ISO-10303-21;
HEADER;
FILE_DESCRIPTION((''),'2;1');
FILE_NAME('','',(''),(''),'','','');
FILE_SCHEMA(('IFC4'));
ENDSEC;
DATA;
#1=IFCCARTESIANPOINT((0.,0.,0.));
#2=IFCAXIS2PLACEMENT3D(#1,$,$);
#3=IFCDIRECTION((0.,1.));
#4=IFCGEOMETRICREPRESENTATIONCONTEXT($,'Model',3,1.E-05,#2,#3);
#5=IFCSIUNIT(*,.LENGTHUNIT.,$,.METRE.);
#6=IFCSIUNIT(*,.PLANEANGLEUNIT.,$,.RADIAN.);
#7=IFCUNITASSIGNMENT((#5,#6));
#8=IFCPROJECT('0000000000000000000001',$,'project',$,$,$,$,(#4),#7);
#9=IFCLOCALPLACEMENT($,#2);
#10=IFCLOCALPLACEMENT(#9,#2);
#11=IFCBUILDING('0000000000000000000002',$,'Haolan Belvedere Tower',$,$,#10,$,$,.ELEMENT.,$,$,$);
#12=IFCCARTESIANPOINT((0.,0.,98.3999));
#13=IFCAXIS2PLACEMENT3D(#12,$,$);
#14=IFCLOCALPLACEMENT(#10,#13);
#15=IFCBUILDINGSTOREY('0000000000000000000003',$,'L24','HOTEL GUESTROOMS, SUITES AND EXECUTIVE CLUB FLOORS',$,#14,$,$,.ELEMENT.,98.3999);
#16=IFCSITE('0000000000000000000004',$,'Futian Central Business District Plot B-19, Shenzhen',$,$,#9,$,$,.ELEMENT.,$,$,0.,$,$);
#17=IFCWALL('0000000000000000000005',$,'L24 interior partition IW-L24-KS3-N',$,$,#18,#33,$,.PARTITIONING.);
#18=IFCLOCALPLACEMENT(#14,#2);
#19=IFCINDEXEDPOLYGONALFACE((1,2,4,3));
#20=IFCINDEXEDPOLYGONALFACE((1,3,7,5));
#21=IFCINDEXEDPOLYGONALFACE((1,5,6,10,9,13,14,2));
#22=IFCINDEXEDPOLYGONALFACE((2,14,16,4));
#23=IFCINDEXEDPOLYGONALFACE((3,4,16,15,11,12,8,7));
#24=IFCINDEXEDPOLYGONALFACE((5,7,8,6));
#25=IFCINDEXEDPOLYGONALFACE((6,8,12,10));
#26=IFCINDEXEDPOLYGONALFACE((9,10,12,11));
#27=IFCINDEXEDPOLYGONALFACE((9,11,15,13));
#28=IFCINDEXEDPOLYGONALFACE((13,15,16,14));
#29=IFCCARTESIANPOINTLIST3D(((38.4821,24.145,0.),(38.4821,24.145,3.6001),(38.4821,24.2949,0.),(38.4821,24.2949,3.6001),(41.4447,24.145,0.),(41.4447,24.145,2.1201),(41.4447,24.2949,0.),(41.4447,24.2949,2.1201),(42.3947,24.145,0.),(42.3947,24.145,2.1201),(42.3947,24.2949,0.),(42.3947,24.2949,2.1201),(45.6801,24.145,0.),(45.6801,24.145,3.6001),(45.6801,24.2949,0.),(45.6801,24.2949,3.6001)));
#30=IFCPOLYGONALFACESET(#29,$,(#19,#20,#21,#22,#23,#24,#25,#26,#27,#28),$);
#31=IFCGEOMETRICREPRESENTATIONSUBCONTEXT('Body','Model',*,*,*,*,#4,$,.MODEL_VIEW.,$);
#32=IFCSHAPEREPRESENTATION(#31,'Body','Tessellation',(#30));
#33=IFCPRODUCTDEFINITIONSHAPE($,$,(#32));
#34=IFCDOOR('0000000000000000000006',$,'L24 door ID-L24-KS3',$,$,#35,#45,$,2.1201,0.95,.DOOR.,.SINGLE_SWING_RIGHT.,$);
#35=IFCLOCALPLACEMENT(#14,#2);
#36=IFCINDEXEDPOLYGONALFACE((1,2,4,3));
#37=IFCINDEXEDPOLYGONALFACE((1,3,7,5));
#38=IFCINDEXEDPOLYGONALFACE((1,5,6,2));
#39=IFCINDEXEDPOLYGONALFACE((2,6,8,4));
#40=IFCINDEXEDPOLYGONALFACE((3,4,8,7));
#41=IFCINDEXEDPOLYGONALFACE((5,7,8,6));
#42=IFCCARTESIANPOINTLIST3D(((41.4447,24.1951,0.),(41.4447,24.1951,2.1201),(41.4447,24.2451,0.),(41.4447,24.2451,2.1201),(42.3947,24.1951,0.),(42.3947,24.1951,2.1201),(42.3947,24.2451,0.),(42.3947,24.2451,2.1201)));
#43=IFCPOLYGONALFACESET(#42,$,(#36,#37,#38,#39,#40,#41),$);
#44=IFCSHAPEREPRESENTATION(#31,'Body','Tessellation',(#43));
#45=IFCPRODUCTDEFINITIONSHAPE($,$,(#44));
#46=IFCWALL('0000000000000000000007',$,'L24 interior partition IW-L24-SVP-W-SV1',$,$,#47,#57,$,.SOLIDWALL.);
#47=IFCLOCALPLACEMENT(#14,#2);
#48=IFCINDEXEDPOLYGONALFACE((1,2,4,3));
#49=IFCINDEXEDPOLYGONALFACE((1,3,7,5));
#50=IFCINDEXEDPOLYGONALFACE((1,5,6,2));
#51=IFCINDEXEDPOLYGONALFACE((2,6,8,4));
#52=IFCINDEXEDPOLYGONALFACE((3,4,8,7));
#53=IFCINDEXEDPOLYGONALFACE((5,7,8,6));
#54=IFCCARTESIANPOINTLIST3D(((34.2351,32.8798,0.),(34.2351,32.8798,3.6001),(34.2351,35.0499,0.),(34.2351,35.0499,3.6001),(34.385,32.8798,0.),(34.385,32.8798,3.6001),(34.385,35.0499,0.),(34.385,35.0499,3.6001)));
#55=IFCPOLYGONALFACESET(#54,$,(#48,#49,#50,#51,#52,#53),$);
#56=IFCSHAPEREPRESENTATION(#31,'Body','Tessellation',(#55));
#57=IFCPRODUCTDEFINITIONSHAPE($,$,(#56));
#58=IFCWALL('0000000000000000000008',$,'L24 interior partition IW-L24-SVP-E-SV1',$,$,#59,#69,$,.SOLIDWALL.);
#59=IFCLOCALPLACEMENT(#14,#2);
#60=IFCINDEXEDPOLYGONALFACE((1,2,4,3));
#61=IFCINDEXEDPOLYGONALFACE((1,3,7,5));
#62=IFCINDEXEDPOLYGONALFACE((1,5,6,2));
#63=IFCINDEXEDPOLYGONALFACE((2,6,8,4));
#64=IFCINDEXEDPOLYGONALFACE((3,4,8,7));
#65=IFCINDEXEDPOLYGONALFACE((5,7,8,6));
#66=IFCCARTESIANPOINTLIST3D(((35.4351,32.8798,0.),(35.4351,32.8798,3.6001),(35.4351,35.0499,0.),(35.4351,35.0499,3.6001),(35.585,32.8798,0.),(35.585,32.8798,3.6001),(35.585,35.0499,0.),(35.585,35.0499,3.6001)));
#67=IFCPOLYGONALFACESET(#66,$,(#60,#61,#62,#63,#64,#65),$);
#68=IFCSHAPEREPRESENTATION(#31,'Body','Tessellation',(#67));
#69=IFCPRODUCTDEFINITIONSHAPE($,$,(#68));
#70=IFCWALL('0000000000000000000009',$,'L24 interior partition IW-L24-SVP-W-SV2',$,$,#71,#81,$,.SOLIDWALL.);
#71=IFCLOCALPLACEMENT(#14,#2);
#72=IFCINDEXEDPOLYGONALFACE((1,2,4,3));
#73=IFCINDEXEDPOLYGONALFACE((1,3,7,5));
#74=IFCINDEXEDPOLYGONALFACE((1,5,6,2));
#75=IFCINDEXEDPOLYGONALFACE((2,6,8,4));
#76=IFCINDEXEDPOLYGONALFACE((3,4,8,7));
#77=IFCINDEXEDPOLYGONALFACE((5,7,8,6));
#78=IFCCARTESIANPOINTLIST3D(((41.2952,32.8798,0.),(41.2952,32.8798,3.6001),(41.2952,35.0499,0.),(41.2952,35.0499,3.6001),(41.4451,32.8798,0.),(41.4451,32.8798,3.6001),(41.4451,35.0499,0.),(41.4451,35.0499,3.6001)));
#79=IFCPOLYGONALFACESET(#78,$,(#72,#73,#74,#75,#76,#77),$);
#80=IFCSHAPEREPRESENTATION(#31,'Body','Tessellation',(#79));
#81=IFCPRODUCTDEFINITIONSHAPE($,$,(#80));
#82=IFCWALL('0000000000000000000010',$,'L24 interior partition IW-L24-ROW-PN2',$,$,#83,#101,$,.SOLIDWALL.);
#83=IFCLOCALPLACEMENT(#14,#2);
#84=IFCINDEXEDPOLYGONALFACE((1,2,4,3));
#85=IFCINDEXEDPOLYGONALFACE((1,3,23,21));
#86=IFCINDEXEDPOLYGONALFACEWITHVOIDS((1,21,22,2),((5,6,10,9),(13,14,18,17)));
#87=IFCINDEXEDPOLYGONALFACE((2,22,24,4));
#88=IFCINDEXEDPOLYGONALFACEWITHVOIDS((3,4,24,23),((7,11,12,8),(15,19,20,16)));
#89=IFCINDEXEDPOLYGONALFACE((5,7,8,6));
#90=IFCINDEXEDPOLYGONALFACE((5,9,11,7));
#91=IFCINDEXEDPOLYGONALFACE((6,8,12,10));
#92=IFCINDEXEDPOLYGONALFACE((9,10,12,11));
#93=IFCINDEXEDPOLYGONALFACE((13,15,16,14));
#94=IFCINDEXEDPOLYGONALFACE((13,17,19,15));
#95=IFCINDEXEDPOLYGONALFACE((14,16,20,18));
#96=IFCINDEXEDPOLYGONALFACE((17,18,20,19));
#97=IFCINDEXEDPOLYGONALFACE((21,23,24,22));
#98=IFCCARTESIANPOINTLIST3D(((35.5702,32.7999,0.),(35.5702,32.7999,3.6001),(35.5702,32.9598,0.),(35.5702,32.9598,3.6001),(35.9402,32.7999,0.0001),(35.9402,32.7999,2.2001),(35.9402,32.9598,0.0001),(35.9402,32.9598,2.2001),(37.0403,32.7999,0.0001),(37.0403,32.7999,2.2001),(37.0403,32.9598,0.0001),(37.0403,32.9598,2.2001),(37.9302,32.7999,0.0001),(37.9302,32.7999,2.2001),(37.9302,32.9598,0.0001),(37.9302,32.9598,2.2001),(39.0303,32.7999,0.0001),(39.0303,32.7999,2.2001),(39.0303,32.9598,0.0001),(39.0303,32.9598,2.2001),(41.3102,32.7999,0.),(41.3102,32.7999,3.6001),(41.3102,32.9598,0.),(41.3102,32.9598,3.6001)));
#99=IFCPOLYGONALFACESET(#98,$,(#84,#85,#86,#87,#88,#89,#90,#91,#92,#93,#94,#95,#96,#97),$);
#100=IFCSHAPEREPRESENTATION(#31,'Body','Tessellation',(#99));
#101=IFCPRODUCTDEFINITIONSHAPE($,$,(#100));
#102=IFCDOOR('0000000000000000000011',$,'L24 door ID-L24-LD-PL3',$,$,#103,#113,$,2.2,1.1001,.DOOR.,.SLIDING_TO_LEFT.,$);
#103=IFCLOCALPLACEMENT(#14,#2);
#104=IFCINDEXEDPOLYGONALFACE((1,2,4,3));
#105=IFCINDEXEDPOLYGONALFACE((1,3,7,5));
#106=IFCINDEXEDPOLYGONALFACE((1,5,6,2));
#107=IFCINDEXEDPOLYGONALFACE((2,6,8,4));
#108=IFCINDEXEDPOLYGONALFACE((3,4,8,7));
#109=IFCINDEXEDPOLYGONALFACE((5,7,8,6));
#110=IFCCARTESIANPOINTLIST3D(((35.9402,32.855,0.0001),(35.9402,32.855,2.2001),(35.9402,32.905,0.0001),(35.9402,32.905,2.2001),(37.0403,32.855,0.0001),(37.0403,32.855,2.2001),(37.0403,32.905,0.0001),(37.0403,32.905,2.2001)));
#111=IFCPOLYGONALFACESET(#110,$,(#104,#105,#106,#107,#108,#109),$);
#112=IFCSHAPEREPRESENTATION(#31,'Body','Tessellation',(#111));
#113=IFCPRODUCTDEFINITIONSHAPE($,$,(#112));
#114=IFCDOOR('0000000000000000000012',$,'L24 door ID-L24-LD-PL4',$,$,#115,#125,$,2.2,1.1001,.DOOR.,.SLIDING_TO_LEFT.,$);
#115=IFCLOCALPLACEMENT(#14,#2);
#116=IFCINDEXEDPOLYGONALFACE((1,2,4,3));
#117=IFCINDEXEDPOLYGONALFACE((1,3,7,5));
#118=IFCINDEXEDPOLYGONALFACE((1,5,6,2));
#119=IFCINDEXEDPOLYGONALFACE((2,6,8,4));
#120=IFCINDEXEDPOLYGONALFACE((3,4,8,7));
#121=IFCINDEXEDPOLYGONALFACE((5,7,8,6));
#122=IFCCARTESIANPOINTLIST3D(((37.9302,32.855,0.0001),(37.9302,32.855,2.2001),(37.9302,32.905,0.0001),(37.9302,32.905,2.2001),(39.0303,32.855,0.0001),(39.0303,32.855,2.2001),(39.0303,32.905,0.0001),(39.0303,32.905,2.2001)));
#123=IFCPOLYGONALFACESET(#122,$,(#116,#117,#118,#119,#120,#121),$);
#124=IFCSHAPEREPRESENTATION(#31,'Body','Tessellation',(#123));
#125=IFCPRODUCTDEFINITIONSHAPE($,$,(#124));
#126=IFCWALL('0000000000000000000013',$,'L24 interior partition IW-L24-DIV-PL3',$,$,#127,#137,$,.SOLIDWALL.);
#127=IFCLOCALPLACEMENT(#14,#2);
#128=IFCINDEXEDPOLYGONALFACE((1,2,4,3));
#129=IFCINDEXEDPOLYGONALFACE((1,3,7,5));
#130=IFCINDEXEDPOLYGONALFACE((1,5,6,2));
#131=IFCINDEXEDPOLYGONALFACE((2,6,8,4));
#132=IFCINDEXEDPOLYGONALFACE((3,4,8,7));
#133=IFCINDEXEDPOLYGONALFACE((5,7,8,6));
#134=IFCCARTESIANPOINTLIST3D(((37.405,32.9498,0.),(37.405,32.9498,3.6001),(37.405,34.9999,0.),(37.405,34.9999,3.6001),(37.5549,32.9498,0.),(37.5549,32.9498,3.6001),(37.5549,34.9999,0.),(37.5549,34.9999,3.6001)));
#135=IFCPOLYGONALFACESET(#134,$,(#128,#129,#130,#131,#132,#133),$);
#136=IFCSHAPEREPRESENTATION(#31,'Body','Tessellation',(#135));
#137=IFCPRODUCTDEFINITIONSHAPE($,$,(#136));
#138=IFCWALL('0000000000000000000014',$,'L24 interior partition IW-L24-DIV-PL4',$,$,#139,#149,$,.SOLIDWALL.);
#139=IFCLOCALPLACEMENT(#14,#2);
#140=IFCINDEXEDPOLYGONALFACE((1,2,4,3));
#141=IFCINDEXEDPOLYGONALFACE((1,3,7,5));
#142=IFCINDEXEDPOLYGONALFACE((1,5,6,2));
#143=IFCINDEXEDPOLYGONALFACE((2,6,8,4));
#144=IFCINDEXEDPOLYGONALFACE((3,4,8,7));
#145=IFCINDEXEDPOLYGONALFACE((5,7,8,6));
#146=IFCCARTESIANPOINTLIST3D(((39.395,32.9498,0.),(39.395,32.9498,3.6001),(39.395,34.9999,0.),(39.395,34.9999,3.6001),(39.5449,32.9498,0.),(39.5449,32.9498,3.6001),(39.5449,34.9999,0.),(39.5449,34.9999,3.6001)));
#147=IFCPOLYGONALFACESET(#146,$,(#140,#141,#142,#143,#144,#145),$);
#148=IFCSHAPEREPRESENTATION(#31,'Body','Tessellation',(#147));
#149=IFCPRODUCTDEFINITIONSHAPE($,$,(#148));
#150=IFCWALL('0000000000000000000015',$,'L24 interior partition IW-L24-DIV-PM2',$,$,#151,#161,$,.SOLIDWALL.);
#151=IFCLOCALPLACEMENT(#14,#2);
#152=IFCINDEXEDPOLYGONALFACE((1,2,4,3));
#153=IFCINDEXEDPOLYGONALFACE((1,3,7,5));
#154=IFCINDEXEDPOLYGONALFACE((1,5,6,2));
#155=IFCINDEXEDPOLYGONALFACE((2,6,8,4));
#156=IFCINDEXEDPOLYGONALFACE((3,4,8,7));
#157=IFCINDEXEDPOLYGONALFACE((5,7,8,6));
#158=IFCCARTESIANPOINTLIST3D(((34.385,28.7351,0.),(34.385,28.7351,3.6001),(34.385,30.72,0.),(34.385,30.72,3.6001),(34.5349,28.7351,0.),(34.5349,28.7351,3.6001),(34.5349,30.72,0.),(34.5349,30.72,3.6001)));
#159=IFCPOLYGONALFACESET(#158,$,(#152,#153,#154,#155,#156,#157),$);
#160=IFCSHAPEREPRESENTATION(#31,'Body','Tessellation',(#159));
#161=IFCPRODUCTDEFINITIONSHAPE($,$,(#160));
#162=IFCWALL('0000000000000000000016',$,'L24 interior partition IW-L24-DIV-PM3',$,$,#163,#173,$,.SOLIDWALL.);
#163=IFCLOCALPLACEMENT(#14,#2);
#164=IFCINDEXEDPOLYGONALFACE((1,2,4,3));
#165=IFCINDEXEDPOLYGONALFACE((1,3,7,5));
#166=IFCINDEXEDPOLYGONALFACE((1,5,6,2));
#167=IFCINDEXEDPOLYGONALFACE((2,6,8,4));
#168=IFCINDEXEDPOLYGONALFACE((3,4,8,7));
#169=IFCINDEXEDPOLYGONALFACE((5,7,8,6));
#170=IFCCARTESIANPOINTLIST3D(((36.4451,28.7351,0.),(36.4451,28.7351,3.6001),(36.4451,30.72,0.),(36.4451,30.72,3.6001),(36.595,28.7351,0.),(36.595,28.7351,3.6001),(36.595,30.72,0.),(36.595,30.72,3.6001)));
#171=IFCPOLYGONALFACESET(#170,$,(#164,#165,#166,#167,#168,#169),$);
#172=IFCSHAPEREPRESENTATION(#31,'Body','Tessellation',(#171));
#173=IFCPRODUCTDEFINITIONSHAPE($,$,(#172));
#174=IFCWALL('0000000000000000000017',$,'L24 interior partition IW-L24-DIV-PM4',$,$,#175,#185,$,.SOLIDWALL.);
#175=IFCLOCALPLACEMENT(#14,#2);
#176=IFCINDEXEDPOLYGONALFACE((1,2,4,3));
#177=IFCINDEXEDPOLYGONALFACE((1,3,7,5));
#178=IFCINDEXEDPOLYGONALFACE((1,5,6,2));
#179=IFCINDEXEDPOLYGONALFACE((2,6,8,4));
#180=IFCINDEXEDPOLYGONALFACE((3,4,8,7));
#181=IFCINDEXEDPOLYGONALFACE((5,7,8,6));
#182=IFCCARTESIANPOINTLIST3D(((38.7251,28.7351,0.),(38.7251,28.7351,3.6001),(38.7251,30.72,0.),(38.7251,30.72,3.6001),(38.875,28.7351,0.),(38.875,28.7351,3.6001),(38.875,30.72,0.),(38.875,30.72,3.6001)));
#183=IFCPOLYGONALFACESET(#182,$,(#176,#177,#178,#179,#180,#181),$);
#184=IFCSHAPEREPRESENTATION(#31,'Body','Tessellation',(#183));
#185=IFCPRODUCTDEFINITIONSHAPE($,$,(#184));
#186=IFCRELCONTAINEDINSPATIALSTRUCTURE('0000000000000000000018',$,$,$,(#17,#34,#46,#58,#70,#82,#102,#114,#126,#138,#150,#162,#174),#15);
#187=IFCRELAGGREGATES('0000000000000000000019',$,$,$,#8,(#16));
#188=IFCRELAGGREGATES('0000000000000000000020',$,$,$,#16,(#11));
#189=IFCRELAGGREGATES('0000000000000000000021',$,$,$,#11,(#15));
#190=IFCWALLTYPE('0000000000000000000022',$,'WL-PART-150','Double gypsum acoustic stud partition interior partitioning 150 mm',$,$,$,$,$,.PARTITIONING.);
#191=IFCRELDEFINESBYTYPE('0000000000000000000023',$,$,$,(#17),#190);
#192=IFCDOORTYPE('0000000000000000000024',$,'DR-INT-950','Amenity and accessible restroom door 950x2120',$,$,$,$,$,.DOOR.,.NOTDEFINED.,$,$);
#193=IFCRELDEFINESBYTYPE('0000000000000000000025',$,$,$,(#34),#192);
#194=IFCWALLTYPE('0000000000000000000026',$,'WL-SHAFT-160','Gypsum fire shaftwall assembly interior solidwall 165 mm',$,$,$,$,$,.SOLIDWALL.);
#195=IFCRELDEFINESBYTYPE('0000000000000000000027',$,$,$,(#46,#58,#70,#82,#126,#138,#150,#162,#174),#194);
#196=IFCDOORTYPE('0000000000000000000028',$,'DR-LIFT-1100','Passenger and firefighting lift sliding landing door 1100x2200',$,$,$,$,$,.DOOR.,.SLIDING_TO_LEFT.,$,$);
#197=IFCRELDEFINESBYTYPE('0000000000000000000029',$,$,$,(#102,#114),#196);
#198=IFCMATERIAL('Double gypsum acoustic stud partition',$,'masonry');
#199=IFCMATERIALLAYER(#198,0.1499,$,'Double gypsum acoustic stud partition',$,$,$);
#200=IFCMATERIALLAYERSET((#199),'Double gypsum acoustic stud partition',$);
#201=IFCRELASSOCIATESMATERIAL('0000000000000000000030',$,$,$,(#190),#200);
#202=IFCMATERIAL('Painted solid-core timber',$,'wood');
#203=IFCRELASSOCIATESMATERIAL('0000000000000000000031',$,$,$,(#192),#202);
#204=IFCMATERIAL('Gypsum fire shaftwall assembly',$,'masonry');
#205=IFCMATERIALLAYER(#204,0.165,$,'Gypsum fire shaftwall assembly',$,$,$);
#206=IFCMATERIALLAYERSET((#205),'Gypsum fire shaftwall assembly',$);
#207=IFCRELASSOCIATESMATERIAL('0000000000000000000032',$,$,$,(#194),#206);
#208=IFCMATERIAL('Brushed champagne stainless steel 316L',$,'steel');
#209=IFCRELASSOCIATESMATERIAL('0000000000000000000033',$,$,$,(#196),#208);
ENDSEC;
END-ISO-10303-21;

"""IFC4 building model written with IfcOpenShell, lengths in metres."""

from ifc_helpers import new_model, si_unit, direction, frame, frame_2d, origin, place, context, subcontext, project, spatial, rectangle, extrude, material, layer, layer_set, type_object, element, fill, save


model = new_model("IFC4")

# Units and contexts
model_context = context("Model", 3, precision=1e-05, world=origin(), true_north=direction((0.0, 1.0)))
body_context = subcontext(model_context, "Body", "Model", "MODEL_VIEW")
ifc_project = project(units=[si_unit("LENGTHUNIT", "METRE"), si_unit("PLANEANGLEUNIT", "RADIAN")], contexts=[model_context])

# Site, building, storey
site_placement = place(None, origin())
site = spatial("IfcSite", under=ifc_project, at=site_placement, Name="Futian Central Business District Plot B-19, Shenzhen", CompositionType="ELEMENT", RefElevation=0.0)
building_placement = place(site_placement, origin())
building = spatial("IfcBuilding", under=site, at=building_placement, Name="Haolan Belvedere Tower", CompositionType="ELEMENT")
storey_placement = place(building_placement, frame((0.0, 0.0, 98.3999)))
storey = spatial("IfcBuildingStorey", under=building, at=storey_placement, Name="L24", Description="HOTEL GUESTROOMS, SUITES AND EXECUTIVE CLUB FLOORS", CompositionType="ELEMENT", Elevation=98.3999)

# Shared definitions
ifc_material_1 = material(Name="Double gypsum acoustic stud partition", Category="masonry")
ifc_layer_1 = layer(ifc_material_1, 0.1499, Name="Double gypsum acoustic stud partition")
ifc_layer_set_1 = layer_set([ifc_layer_1], Name="Double gypsum acoustic stud partition")
wall_type_1 = type_object("IfcWallType", Name="WL-PART-150", Description="Double gypsum acoustic stud partition interior partitioning 150 mm", PredefinedType="PARTITIONING", material=ifc_layer_set_1)

# Wall, opening, door
wall_1_placement = place(storey_placement, frame((38.4819, 24.22, 0.0), z_axis=(0.0, 0.0, 1.0), x_axis=(1.0, 0.0, 0.0)))
wall_1 = element("IfcWall", 1, at=wall_1_placement, inside=storey, type_object=wall_type_1, Name="L24 interior partition IW-L24-KS3-N", PredefinedType="PARTITIONING", context=body_context, shape_type="SweptSolid", body=[
    extrude(rectangle(XDim=7.198, YDim=0.1499, at=frame_2d((3.5991, 0.0))), origin(), (0.0, 0.0, 1.0), 3.6001),
])
opening_1_placement = place(wall_1_placement, frame((3.9128, 0.0, 0.0), z_axis=(0.0, 0.0, 1.0), x_axis=(-1.0, 0.0, 0.0)))
opening_1 = element("IfcOpeningElement", 2, at=opening_1_placement, cuts=wall_1, PredefinedType="OPENING", context=body_context, shape_type="SweptSolid", body=[
    extrude(rectangle(XDim=0.95, YDim=2.1201, at=frame_2d((0.4751, 1.0601))), frame((0.0, 0.085, 0.0), z_axis=(0.0, -1.0, 0.0), x_axis=(1.0, 0.0, 0.0)), (0.0, 0.0, 1.0), 0.1699),
])
ifc_material_2 = material(Name="Painted solid-core timber", Category="wood")
door_type_1 = type_object("IfcDoorType", Name="DR-INT-950", Description="Amenity and accessible restroom door 950x2120", OperationType="NOTDEFINED", PredefinedType="DOOR", material=ifc_material_2)
door_1_placement = place(opening_1_placement, origin())
door_1 = element("IfcDoor", 3, at=door_1_placement, inside=storey, type_object=door_type_1, Name="L24 door ID-L24-KS3", OperationType="SINGLE_SWING_RIGHT", OverallHeight=2.1201, OverallWidth=0.95, PredefinedType="DOOR", context=body_context, shape_type="SweptSolid", body=[
    extrude(rectangle(XDim=0.95, YDim=2.1201, at=frame_2d((0.4751, 1.0601))), frame((0.0, 0.0249, 0.0), z_axis=(0.0, -1.0, 0.0), x_axis=(1.0, 0.0, 0.0)), (0.0, 0.0, 1.0), 0.05),
])
fill(opening_1, door_1)

# Walls
ifc_material_3 = material(Name="Gypsum fire shaftwall assembly", Category="masonry")
ifc_layer_2 = layer(ifc_material_3, 0.165, Name="Gypsum fire shaftwall assembly")
ifc_layer_set_2 = layer_set([ifc_layer_2], Name="Gypsum fire shaftwall assembly")
wall_type_2 = type_object("IfcWallType", Name="WL-SHAFT-160", Description="Gypsum fire shaftwall assembly interior solidwall 165 mm", PredefinedType="SOLIDWALL", material=ifc_layer_set_2)
for number, where, z_axis, x_axis, name in (
    (4, (34.3101, 32.8799, 0.0), (0.0, 0.0, 1.0), (0.0, 1.0, 0.0), "L24 interior partition IW-L24-SVP-W-SV1"),
    (5, (35.51, 32.8799, 0.0), (0.0, 0.0, 1.0), (0.0, 1.0, 0.0), "L24 interior partition IW-L24-SVP-E-SV1"),
    (6, (41.3701, 32.8799, 0.0), (0.0, 0.0, 1.0), (0.0, 1.0, 0.0), "L24 interior partition IW-L24-SVP-W-SV2"),
):
    element("IfcWall", number, at=place(storey_placement, frame(where, z_axis=z_axis, x_axis=x_axis)), inside=storey, type_object=wall_type_2, Name=name, PredefinedType="SOLIDWALL", context=body_context, shape_type="SweptSolid", body=[
        extrude(rectangle(XDim=2.1702, YDim=0.1499, at=frame_2d((1.085, 0.0))), origin(), (0.0, 0.0, 1.0), 3.6001),
    ])

# Wall, openings, doors
wall_2_placement = place(storey_placement, frame((35.5701, 32.8799, 0.0), z_axis=(0.0, 0.0, 1.0), x_axis=(1.0, 0.0, 0.0)))
wall_2 = element("IfcWall", 7, at=wall_2_placement, inside=storey, type_object=wall_type_2, Name="L24 interior partition IW-L24-ROW-PN2", PredefinedType="SOLIDWALL", context=body_context, shape_type="SweptSolid", body=[
    extrude(rectangle(XDim=5.74, YDim=0.1599, at=frame_2d((2.8701, 0.0))), origin(), (0.0, 0.0, 1.0), 3.6001),
])
opening_2_placement = place(wall_2_placement, frame((1.4702, 0.0, 0.0), z_axis=(0.0, 0.0, 1.0), x_axis=(-1.0, 0.0, 0.0)))
opening_2 = element("IfcOpeningElement", 8, at=opening_2_placement, cuts=wall_2, PredefinedType="OPENING", context=body_context, shape_type="SweptSolid", body=[
    extrude(rectangle(XDim=1.1001, YDim=2.2, at=frame_2d((0.55, 1.1001))), frame((0.0, 0.0898, 0.0), z_axis=(0.0, -1.0, 0.0), x_axis=(1.0, 0.0, 0.0)), (0.0, 0.0, 1.0), 0.1799),
])
opening_3_placement = place(wall_2_placement, frame((3.4602, 0.0, 0.0), z_axis=(0.0, 0.0, 1.0), x_axis=(-1.0, 0.0, 0.0)))
opening_3 = element("IfcOpeningElement", 9, at=opening_3_placement, cuts=wall_2, PredefinedType="OPENING", context=body_context, shape_type="SweptSolid", body=[
    extrude(rectangle(XDim=1.1001, YDim=2.2, at=frame_2d((0.55, 1.1001))), frame((0.0, 0.0898, 0.0), z_axis=(0.0, -1.0, 0.0), x_axis=(1.0, 0.0, 0.0)), (0.0, 0.0, 1.0), 0.1799),
])
ifc_material_4 = material(Name="Brushed champagne stainless steel 316L", Category="steel")
door_type_2 = type_object("IfcDoorType", Name="DR-LIFT-1100", Description="Passenger and firefighting lift sliding landing door 1100x2200", OperationType="SLIDING_TO_LEFT", PredefinedType="DOOR", material=ifc_material_4)
door_2_placement = place(opening_2_placement, origin())
door_2 = element("IfcDoor", 10, at=door_2_placement, inside=storey, type_object=door_type_2, Name="L24 door ID-L24-LD-PL3", OperationType="SLIDING_TO_LEFT", OverallHeight=2.2, OverallWidth=1.1001, PredefinedType="DOOR", context=body_context, shape_type="SweptSolid", body=[
    extrude(rectangle(XDim=1.1001, YDim=2.2, at=frame_2d((0.55, 1.1001))), frame((0.0, 0.0249, 0.0), z_axis=(0.0, -1.0, 0.0), x_axis=(1.0, 0.0, 0.0)), (0.0, 0.0, 1.0), 0.05),
])
fill(opening_2, door_2)
door_3_placement = place(opening_3_placement, origin())
door_3 = element("IfcDoor", 11, at=door_3_placement, inside=storey, type_object=door_type_2, Name="L24 door ID-L24-LD-PL4", OperationType="SLIDING_TO_LEFT", OverallHeight=2.2, OverallWidth=1.1001, PredefinedType="DOOR", context=body_context, shape_type="SweptSolid", body=[
    extrude(rectangle(XDim=1.1001, YDim=2.2, at=frame_2d((0.55, 1.1001))), frame((0.0, 0.0249, 0.0), z_axis=(0.0, -1.0, 0.0), x_axis=(1.0, 0.0, 0.0)), (0.0, 0.0, 1.0), 0.05),
])
fill(opening_3, door_3)

# Walls
for number, where, z_axis, x_axis, name in (
    (12, (37.48, 32.95, 0.0), (0.0, 0.0, 1.0), (0.0, 1.0, 0.0), "L24 interior partition IW-L24-DIV-PL3"),
    (13, (39.47, 32.95, 0.0), (0.0, 0.0, 1.0), (0.0, 1.0, 0.0), "L24 interior partition IW-L24-DIV-PL4"),
):
    element("IfcWall", number, at=place(storey_placement, frame(where, z_axis=z_axis, x_axis=x_axis)), inside=storey, type_object=wall_type_2, Name=name, PredefinedType="SOLIDWALL", context=body_context, shape_type="SweptSolid", body=[
        extrude(rectangle(XDim=2.05, YDim=0.1499, at=frame_2d((1.0249, 0.0))), origin(), (0.0, 0.0, 1.0), 3.6001),
    ])
for number, where, z_axis, x_axis, name in (
    (14, (34.46, 28.7351, 0.0), (0.0, 0.0, 1.0), (0.0, 1.0, 0.0), "L24 interior partition IW-L24-DIV-PM2"),
    (15, (36.52, 28.7351, 0.0), (0.0, 0.0, 1.0), (0.0, 1.0, 0.0), "L24 interior partition IW-L24-DIV-PM3"),
    (16, (38.8, 28.7351, 0.0), (0.0, 0.0, 1.0), (0.0, 1.0, 0.0), "L24 interior partition IW-L24-DIV-PM4"),
):
    element("IfcWall", number, at=place(storey_placement, frame(where, z_axis=z_axis, x_axis=x_axis)), inside=storey, type_object=wall_type_2, Name=name, PredefinedType="SOLIDWALL", context=body_context, shape_type="SweptSolid", body=[
        extrude(rectangle(XDim=1.9849, YDim=0.1499, at=frame_2d((0.9924, 0.0))), origin(), (0.0, 0.0, 1.0), 3.6001),
    ])

save(model, "model.ifc")
